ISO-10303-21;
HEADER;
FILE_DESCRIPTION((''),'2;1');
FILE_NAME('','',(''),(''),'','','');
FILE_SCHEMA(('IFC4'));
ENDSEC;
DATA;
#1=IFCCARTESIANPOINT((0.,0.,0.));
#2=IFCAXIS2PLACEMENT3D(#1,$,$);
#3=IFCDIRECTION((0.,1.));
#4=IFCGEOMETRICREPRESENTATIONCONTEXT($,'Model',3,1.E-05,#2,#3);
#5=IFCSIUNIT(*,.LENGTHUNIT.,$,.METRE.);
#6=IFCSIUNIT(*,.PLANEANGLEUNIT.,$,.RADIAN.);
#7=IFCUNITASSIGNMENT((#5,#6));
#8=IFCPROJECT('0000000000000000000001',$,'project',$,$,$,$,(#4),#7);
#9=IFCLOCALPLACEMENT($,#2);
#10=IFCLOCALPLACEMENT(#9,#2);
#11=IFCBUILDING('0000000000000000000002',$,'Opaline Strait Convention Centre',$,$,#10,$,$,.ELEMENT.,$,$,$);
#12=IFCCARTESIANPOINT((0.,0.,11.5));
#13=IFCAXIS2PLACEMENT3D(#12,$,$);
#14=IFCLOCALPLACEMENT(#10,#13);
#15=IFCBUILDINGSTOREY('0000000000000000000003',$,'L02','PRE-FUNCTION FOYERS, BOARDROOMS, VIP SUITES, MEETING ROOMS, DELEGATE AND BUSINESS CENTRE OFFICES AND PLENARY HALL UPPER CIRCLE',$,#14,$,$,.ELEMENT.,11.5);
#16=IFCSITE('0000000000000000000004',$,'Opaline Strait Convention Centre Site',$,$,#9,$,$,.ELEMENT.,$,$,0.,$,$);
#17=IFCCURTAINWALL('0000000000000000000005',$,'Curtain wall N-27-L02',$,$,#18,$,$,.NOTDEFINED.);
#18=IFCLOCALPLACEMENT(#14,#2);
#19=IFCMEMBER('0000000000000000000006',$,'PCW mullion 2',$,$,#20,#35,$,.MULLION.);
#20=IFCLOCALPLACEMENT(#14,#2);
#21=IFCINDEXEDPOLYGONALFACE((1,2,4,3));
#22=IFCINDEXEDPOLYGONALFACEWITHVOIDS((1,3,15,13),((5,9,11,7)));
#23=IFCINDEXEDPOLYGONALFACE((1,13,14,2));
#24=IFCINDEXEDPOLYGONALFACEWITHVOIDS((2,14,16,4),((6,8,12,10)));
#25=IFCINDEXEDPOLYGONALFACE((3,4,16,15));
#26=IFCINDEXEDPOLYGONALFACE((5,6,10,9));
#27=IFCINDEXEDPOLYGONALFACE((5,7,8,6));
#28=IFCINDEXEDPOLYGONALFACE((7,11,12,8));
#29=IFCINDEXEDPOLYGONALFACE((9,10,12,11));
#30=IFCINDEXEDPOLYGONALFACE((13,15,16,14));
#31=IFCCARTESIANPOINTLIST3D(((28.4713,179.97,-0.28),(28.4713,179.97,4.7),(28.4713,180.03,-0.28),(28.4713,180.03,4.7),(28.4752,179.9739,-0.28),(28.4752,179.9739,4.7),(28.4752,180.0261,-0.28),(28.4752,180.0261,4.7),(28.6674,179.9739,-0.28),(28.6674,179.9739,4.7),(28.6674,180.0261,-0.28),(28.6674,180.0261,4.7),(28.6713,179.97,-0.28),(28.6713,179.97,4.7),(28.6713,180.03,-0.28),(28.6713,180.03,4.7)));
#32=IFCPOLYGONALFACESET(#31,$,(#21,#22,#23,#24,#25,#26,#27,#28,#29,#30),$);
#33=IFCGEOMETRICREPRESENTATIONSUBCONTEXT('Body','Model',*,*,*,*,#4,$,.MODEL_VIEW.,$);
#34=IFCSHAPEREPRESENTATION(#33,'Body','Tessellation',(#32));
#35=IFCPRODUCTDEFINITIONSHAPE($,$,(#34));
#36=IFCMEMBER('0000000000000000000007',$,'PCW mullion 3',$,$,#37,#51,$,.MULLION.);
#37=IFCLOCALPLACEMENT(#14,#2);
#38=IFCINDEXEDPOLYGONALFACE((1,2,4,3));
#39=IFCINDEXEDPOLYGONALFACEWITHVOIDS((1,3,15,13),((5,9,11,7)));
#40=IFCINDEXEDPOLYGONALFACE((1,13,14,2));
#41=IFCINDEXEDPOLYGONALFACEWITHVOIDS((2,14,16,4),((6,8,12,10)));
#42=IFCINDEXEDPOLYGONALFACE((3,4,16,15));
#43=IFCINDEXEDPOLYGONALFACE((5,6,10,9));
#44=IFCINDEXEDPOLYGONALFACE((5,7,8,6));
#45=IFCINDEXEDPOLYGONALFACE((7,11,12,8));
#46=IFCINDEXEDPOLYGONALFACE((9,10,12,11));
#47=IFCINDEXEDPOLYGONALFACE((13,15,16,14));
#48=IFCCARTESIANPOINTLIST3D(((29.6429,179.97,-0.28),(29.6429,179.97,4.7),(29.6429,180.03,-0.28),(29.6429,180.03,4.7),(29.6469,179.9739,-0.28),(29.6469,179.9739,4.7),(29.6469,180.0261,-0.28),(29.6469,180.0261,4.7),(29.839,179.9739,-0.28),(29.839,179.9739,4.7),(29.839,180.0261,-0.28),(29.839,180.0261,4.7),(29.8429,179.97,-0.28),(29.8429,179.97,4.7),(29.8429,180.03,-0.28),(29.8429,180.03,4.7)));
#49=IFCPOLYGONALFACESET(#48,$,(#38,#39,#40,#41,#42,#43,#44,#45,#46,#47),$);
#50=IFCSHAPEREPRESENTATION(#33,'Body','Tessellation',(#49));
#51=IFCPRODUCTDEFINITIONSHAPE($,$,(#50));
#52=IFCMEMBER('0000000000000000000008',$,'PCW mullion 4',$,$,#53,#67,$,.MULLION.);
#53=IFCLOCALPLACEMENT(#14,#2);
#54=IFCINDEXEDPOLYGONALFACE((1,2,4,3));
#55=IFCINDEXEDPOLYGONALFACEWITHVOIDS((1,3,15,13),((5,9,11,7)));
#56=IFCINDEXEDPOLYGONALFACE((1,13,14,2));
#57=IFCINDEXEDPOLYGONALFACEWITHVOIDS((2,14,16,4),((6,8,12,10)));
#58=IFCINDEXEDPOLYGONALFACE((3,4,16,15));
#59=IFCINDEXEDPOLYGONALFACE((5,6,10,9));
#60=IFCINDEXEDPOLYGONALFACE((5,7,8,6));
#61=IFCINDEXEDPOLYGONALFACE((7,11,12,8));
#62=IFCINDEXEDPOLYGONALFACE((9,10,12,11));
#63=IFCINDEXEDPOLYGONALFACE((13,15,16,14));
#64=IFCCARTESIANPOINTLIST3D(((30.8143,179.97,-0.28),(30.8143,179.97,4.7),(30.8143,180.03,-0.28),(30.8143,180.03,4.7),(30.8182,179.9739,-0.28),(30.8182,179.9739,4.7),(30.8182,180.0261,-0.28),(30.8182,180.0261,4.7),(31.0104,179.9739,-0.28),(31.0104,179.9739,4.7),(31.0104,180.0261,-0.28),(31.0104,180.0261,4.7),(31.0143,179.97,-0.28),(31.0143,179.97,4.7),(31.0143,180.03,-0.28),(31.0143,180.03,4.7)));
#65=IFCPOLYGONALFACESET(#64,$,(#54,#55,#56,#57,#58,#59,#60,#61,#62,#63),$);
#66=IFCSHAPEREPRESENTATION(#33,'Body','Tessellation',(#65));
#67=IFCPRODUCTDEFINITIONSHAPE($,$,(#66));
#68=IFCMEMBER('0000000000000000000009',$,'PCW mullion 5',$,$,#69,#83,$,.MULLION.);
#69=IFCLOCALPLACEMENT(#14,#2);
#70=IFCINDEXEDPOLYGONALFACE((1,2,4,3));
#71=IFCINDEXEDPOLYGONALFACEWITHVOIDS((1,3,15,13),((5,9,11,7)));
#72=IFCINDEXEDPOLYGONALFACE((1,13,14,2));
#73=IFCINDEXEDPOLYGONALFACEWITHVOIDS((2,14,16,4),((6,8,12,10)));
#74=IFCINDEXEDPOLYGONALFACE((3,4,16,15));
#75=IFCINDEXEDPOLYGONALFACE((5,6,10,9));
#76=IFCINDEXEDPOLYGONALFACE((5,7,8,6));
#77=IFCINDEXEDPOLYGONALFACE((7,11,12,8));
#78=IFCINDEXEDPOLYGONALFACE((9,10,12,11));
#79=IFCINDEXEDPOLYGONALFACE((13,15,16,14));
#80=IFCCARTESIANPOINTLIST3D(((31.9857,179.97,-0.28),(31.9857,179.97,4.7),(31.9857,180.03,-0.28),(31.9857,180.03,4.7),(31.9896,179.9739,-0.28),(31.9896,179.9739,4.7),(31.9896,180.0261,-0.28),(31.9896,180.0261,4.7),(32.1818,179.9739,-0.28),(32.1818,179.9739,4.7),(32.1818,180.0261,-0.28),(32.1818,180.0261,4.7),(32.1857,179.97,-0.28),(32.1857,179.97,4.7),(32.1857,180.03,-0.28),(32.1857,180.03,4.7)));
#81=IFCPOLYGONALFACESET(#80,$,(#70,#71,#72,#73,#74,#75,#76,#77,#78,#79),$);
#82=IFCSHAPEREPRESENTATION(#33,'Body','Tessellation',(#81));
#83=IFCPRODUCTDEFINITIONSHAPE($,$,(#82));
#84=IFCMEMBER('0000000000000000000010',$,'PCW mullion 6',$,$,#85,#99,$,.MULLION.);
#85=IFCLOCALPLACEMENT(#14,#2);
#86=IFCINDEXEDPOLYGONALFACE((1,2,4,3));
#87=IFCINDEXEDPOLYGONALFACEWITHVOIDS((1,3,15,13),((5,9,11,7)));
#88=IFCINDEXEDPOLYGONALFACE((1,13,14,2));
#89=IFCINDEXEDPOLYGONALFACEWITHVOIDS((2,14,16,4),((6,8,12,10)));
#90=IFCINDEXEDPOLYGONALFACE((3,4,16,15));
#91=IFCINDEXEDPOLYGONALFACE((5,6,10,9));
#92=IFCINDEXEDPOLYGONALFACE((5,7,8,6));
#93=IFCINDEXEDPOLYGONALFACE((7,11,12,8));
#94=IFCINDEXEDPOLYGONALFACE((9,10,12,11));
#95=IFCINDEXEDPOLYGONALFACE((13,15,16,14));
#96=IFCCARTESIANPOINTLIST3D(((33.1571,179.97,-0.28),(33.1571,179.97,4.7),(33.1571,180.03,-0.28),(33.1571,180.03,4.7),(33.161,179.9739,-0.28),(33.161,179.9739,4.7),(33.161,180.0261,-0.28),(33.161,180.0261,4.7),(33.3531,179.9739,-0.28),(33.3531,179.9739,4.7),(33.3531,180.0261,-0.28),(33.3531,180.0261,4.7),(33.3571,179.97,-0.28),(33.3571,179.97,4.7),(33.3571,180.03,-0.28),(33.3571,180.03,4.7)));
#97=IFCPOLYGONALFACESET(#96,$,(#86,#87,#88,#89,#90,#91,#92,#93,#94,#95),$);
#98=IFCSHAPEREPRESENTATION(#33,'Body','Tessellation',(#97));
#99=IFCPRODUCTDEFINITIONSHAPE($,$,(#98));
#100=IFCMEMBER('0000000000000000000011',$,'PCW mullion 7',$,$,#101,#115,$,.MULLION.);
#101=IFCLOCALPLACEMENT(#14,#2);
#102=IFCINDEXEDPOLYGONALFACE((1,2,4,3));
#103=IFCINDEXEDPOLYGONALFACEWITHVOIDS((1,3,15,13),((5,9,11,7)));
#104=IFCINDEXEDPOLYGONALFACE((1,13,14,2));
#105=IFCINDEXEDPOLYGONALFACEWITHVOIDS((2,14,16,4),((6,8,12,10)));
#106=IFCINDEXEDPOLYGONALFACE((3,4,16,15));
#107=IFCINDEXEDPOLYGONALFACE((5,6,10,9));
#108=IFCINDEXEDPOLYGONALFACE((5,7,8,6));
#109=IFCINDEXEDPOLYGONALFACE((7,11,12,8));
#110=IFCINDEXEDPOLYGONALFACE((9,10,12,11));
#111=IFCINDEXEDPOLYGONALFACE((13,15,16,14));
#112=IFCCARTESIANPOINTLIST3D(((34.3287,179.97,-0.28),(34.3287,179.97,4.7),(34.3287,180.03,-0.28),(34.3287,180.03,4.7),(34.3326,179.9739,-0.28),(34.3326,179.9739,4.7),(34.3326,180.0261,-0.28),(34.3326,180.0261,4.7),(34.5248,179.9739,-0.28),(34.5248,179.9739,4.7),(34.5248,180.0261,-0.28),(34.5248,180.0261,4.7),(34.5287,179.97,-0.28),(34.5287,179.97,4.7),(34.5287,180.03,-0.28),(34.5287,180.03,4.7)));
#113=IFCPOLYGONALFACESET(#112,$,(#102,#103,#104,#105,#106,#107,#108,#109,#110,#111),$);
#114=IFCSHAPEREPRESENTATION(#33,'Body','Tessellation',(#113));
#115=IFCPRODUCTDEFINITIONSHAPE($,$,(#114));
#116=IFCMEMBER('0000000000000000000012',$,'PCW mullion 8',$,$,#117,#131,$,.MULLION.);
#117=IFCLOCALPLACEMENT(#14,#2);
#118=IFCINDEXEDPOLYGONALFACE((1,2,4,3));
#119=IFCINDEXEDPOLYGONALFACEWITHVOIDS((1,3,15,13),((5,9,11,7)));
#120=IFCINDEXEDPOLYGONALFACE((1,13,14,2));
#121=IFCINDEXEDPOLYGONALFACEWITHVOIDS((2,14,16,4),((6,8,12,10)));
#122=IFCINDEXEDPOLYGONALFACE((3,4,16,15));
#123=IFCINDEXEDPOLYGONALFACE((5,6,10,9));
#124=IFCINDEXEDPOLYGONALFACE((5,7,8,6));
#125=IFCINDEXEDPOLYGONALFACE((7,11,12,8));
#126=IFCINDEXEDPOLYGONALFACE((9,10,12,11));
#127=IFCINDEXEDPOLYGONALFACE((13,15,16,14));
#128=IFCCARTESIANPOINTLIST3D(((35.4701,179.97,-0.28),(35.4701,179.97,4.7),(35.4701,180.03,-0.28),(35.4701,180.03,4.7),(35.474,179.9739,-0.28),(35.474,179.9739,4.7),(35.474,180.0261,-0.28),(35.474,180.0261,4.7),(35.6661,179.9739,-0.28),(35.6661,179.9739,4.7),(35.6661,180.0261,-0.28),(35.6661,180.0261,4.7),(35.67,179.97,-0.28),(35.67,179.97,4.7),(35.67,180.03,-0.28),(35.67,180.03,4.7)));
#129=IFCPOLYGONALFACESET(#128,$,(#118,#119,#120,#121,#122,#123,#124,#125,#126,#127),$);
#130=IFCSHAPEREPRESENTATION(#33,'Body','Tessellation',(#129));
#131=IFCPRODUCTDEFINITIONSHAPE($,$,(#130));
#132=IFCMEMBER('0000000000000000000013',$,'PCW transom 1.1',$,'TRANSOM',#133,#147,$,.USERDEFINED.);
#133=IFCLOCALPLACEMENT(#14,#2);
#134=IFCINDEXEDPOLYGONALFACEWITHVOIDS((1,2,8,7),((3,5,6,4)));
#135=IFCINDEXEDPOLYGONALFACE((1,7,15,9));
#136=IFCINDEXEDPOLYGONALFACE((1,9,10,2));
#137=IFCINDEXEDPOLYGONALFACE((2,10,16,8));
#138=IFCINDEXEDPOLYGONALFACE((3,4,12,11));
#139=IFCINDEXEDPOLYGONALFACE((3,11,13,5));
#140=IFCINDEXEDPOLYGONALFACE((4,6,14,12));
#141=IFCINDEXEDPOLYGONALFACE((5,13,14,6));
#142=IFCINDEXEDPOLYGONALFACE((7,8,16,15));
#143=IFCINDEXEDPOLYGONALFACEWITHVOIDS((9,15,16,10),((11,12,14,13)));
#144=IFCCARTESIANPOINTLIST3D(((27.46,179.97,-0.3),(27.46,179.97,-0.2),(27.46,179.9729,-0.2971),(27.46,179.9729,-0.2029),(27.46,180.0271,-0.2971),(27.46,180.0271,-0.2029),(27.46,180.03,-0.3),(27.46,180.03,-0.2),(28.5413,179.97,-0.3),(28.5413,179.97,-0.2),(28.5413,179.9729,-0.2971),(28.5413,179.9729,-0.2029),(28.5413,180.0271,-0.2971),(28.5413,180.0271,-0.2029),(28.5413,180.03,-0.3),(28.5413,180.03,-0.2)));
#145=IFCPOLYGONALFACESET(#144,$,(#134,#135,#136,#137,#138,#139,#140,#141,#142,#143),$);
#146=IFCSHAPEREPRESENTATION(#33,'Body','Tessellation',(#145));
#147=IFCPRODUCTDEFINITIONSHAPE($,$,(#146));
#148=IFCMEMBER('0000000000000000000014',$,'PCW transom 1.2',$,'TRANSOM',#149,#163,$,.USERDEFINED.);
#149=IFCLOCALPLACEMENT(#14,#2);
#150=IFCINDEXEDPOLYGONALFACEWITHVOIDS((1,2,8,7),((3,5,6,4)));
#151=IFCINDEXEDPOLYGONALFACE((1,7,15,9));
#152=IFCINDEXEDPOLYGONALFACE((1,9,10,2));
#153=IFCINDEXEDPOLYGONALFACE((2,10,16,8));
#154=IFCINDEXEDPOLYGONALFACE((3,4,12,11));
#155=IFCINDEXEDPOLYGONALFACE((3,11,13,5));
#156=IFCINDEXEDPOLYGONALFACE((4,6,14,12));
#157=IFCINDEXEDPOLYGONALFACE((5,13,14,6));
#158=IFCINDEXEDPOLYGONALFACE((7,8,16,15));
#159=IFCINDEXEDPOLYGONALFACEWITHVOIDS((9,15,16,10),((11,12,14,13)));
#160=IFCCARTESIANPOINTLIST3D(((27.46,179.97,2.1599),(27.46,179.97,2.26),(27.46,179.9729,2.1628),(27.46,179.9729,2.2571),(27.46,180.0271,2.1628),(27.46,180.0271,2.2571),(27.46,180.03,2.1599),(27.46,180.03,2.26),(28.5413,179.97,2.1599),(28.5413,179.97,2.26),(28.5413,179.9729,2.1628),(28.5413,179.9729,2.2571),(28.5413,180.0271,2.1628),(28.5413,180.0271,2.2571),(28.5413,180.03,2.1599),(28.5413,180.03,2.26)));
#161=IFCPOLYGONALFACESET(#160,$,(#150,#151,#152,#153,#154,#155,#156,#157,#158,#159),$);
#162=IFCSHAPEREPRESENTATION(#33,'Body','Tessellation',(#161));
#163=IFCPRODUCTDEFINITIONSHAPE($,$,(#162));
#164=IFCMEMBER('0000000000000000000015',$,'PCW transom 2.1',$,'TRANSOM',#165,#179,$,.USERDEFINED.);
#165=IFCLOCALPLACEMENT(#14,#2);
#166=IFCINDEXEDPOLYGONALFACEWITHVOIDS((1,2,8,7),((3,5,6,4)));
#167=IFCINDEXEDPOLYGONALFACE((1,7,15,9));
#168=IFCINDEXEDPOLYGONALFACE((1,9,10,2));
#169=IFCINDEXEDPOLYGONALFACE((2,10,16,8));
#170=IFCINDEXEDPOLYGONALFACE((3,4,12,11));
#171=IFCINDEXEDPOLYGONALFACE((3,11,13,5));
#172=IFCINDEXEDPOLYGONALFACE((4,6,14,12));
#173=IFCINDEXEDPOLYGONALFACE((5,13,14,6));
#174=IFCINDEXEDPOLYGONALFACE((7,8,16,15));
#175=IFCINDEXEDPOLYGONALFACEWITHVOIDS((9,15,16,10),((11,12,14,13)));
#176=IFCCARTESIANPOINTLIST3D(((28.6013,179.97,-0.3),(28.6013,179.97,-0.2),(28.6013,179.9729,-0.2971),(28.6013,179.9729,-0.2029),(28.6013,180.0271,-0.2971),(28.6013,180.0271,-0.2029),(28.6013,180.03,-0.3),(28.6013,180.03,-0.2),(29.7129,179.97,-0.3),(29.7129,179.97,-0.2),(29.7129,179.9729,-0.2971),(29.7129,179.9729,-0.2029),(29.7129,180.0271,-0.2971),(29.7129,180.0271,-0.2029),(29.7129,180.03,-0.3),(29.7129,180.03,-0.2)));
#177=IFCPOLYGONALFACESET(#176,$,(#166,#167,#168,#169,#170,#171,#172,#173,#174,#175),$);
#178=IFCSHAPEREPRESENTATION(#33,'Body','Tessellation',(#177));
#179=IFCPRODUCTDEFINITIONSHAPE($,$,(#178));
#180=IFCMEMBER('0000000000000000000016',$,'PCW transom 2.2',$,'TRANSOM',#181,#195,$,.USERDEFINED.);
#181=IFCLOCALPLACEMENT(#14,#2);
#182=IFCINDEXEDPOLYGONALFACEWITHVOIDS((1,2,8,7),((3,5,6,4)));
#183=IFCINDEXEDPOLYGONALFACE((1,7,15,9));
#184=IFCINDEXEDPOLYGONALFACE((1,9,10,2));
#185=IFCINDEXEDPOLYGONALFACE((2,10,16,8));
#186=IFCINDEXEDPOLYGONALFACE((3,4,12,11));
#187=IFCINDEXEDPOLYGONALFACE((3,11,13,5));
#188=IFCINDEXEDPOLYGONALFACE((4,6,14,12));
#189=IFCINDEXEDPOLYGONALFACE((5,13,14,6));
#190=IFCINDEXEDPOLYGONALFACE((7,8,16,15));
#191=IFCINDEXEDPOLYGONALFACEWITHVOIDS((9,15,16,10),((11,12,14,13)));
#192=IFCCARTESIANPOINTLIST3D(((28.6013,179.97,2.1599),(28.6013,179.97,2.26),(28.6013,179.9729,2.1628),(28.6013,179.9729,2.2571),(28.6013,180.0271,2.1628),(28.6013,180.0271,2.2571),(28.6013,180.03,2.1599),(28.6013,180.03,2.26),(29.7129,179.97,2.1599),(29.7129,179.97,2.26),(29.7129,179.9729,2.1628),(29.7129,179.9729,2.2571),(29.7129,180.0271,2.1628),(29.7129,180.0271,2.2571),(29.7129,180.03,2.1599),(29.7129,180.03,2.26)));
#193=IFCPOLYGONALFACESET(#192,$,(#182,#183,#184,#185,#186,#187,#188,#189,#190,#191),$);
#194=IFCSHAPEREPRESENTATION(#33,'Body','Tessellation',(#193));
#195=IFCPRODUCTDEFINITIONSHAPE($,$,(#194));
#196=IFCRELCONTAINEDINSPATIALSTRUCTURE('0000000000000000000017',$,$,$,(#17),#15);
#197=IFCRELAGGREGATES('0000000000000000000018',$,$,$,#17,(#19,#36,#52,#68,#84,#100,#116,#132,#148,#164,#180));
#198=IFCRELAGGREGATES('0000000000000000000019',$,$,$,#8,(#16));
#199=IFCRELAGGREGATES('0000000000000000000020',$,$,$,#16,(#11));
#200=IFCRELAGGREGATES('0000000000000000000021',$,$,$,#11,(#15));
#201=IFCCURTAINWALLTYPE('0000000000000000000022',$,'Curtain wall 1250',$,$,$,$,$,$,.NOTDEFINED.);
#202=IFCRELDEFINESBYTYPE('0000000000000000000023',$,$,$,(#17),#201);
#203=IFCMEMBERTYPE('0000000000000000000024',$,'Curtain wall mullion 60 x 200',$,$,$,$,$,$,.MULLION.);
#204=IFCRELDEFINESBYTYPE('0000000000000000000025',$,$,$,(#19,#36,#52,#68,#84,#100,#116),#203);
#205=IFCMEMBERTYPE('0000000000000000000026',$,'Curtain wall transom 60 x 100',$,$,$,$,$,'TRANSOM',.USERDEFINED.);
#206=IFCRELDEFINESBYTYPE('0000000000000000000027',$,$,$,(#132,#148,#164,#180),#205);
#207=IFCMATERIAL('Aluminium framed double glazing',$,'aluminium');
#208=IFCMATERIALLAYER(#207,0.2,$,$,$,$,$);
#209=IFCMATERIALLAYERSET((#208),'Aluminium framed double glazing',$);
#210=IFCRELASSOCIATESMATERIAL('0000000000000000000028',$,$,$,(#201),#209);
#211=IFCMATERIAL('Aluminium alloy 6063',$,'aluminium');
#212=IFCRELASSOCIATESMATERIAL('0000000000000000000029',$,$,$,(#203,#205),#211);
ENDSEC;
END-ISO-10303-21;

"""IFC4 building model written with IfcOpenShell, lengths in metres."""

from ifc_helpers import new_model, si_unit, direction, frame, origin, origin_2d, place, context, subcontext, project, spatial, hollow_rectangle, extrude, material, layer, layer_set, material_profile, profile_set, type_object, element, aggregate, save


model = new_model("IFC4")

# Units and contexts
model_context = context("Model", 3, precision=1e-05, world=origin(), true_north=direction((0.0, 1.0)))
body_context = subcontext(model_context, "Body", "Model", "MODEL_VIEW")
ifc_project = project(units=[si_unit("LENGTHUNIT", "METRE"), si_unit("PLANEANGLEUNIT", "RADIAN")], contexts=[model_context])

# Site, building, storey
site_placement = place(None, origin())
site = spatial("IfcSite", under=ifc_project, at=site_placement, Name="Opaline Strait Convention Centre Site", CompositionType="ELEMENT", RefElevation=0.0)
building_placement = place(site_placement, origin())
building = spatial("IfcBuilding", under=site, at=building_placement, Name="Opaline Strait Convention Centre", CompositionType="ELEMENT")
storey_placement = place(building_placement, frame((0.0, 0.0, 11.5)))
storey = spatial("IfcBuildingStorey", under=building, at=storey_placement, Name="L02", Description="PRE-FUNCTION FOYERS, BOARDROOMS, VIP SUITES, MEETING ROOMS, DELEGATE AND BUSINESS CENTRE OFFICES AND PLENARY HALL UPPER CIRCLE", CompositionType="ELEMENT", Elevation=11.5)

# Curtain wall, members
ifc_material_1 = material(Name="Aluminium framed double glazing", Category="aluminium")
ifc_layer_1 = layer(ifc_material_1, 0.2)
ifc_layer_set_1 = layer_set([ifc_layer_1], Name="Aluminium framed double glazing")
curtain_wall_type = type_object("IfcCurtainWallType", Name="Curtain wall 1250", PredefinedType="NOTDEFINED", material=ifc_layer_set_1)
curtain_wall_placement = place(storey_placement, origin())
curtain_wall = element("IfcCurtainWall", 1, at=curtain_wall_placement, inside=storey, type_object=curtain_wall_type, Name="Curtain wall N-27-L02", PredefinedType="NOTDEFINED")
ifc_material_2 = material(Name="Aluminium alloy 6063", Category="aluminium")
ifc_material_profile_1 = material_profile(ifc_material_2, hollow_rectangle(XDim=0.0601, YDim=0.2, WallThickness=0.0039, at=origin_2d()), Name="MULLION 60x200x4")
ifc_profile_set_1 = profile_set([ifc_material_profile_1], Name="Aluminium alloy 6063")
member_type_1 = type_object("IfcMemberType", Name="Curtain wall mullion 60 x 200", PredefinedType="MULLION", material=ifc_profile_set_1)
member_1_placement = place(storey_placement, frame((28.5713, 180.0, -0.28), z_axis=(0.0, 0.0, 1.0), x_axis=(0.0, 1.0, 0.0)))
member_1 = element("IfcMember", 2, at=member_1_placement, type_object=member_type_1, Name="PCW mullion 2", PredefinedType="MULLION", context=body_context, shape_type="SweptSolid", body=[
    extrude(hollow_rectangle(XDim=0.0601, YDim=0.2, WallThickness=0.0039, at=origin_2d()), origin(), (0.0, 0.0, 1.0), 4.98),
])
member_2_placement = place(storey_placement, frame((29.7429, 180.0, -0.28), z_axis=(0.0, 0.0, 1.0), x_axis=(0.0, 1.0, 0.0)))
member_2 = element("IfcMember", 3, at=member_2_placement, type_object=member_type_1, Name="PCW mullion 3", PredefinedType="MULLION", context=body_context, shape_type="SweptSolid", body=[
    extrude(hollow_rectangle(XDim=0.0601, YDim=0.2, WallThickness=0.0039, at=origin_2d()), origin(), (0.0, 0.0, 1.0), 4.98),
])
member_3_placement = place(storey_placement, frame((30.9143, 180.0, -0.28), z_axis=(0.0, 0.0, 1.0), x_axis=(0.0, 1.0, 0.0)))
member_3 = element("IfcMember", 4, at=member_3_placement, type_object=member_type_1, Name="PCW mullion 4", PredefinedType="MULLION", context=body_context, shape_type="SweptSolid", body=[
    extrude(hollow_rectangle(XDim=0.0601, YDim=0.2, WallThickness=0.0039, at=origin_2d()), origin(), (0.0, 0.0, 1.0), 4.98),
])
member_4_placement = place(storey_placement, frame((32.0857, 180.0, -0.28), z_axis=(0.0, 0.0, 1.0), x_axis=(0.0, 1.0, 0.0)))
member_4 = element("IfcMember", 5, at=member_4_placement, type_object=member_type_1, Name="PCW mullion 5", PredefinedType="MULLION", context=body_context, shape_type="SweptSolid", body=[
    extrude(hollow_rectangle(XDim=0.0601, YDim=0.2, WallThickness=0.0039, at=origin_2d()), origin(), (0.0, 0.0, 1.0), 4.98),
])
member_5_placement = place(storey_placement, frame((33.2571, 180.0, -0.28), z_axis=(0.0, 0.0, 1.0), x_axis=(0.0, 1.0, 0.0)))
member_5 = element("IfcMember", 6, at=member_5_placement, type_object=member_type_1, Name="PCW mullion 6", PredefinedType="MULLION", context=body_context, shape_type="SweptSolid", body=[
    extrude(hollow_rectangle(XDim=0.0601, YDim=0.2, WallThickness=0.0039, at=origin_2d()), origin(), (0.0, 0.0, 1.0), 4.98),
])
member_6_placement = place(storey_placement, frame((34.4287, 180.0, -0.28), z_axis=(0.0, 0.0, 1.0), x_axis=(0.0, 1.0, 0.0)))
member_6 = element("IfcMember", 7, at=member_6_placement, type_object=member_type_1, Name="PCW mullion 7", PredefinedType="MULLION", context=body_context, shape_type="SweptSolid", body=[
    extrude(hollow_rectangle(XDim=0.0601, YDim=0.2, WallThickness=0.0039, at=origin_2d()), origin(), (0.0, 0.0, 1.0), 4.98),
])
member_7_placement = place(storey_placement, frame((35.5701, 180.0, -0.28), z_axis=(0.0, 0.0, 1.0), x_axis=(0.0, 1.0, 0.0)))
member_7 = element("IfcMember", 8, at=member_7_placement, type_object=member_type_1, Name="PCW mullion 8", PredefinedType="MULLION", context=body_context, shape_type="SweptSolid", body=[
    extrude(hollow_rectangle(XDim=0.0601, YDim=0.2, WallThickness=0.0039, at=origin_2d()), origin(), (0.0, 0.0, 1.0), 4.98),
])
ifc_material_profile_2 = material_profile(ifc_material_2, hollow_rectangle(XDim=0.0601, YDim=0.1001, WallThickness=0.0029, at=origin_2d()), Name="TRANSOM 60x100x3")
ifc_profile_set_2 = profile_set([ifc_material_profile_2], Name="Aluminium alloy 6063")
member_type_2 = type_object("IfcMemberType", Name="Curtain wall transom 60 x 100", ElementType="TRANSOM", PredefinedType="USERDEFINED", material=ifc_profile_set_2)
member_8_placement = place(storey_placement, frame((27.46, 180.0, -0.25), z_axis=(1.0, 0.0, 0.0), x_axis=(0.0, 1.0, 0.0)))
member_8 = element("IfcMember", 9, at=member_8_placement, type_object=member_type_2, Name="PCW transom 1.1", ObjectType="TRANSOM", PredefinedType="USERDEFINED", context=body_context, shape_type="SweptSolid", body=[
    extrude(hollow_rectangle(XDim=0.0601, YDim=0.1001, WallThickness=0.0029, at=origin_2d()), origin(), (0.0, 0.0, 1.0), 1.0813),
])
member_9_placement = place(storey_placement, frame((27.46, 180.0, 2.21), z_axis=(1.0, 0.0, 0.0), x_axis=(0.0, 1.0, 0.0)))
member_9 = element("IfcMember", 10, at=member_9_placement, type_object=member_type_2, Name="PCW transom 1.2", ObjectType="TRANSOM", PredefinedType="USERDEFINED", context=body_context, shape_type="SweptSolid", body=[
    extrude(hollow_rectangle(XDim=0.0601, YDim=0.1001, WallThickness=0.0029, at=origin_2d()), origin(), (0.0, 0.0, 1.0), 1.0813),
])
member_10_placement = place(storey_placement, frame((28.6013, 180.0, -0.25), z_axis=(1.0, 0.0, 0.0), x_axis=(0.0, 1.0, 0.0)))
member_10 = element("IfcMember", 11, at=member_10_placement, type_object=member_type_2, Name="PCW transom 2.1", ObjectType="TRANSOM", PredefinedType="USERDEFINED", context=body_context, shape_type="SweptSolid", body=[
    extrude(hollow_rectangle(XDim=0.0601, YDim=0.1001, WallThickness=0.0029, at=origin_2d()), origin(), (0.0, 0.0, 1.0), 1.1116),
])
member_11_placement = place(storey_placement, frame((28.6013, 180.0, 2.21), z_axis=(1.0, 0.0, 0.0), x_axis=(0.0, 1.0, 0.0)))
member_11 = element("IfcMember", 12, at=member_11_placement, type_object=member_type_2, Name="PCW transom 2.2", ObjectType="TRANSOM", PredefinedType="USERDEFINED", context=body_context, shape_type="SweptSolid", body=[
    extrude(hollow_rectangle(XDim=0.0601, YDim=0.1001, WallThickness=0.0029, at=origin_2d()), origin(), (0.0, 0.0, 1.0), 1.1116),
])
aggregate(curtain_wall, [member_1, member_2, member_3, member_4, member_5, member_6, member_7, member_8, member_9, member_10, member_11])

save(model, "model.ifc")
